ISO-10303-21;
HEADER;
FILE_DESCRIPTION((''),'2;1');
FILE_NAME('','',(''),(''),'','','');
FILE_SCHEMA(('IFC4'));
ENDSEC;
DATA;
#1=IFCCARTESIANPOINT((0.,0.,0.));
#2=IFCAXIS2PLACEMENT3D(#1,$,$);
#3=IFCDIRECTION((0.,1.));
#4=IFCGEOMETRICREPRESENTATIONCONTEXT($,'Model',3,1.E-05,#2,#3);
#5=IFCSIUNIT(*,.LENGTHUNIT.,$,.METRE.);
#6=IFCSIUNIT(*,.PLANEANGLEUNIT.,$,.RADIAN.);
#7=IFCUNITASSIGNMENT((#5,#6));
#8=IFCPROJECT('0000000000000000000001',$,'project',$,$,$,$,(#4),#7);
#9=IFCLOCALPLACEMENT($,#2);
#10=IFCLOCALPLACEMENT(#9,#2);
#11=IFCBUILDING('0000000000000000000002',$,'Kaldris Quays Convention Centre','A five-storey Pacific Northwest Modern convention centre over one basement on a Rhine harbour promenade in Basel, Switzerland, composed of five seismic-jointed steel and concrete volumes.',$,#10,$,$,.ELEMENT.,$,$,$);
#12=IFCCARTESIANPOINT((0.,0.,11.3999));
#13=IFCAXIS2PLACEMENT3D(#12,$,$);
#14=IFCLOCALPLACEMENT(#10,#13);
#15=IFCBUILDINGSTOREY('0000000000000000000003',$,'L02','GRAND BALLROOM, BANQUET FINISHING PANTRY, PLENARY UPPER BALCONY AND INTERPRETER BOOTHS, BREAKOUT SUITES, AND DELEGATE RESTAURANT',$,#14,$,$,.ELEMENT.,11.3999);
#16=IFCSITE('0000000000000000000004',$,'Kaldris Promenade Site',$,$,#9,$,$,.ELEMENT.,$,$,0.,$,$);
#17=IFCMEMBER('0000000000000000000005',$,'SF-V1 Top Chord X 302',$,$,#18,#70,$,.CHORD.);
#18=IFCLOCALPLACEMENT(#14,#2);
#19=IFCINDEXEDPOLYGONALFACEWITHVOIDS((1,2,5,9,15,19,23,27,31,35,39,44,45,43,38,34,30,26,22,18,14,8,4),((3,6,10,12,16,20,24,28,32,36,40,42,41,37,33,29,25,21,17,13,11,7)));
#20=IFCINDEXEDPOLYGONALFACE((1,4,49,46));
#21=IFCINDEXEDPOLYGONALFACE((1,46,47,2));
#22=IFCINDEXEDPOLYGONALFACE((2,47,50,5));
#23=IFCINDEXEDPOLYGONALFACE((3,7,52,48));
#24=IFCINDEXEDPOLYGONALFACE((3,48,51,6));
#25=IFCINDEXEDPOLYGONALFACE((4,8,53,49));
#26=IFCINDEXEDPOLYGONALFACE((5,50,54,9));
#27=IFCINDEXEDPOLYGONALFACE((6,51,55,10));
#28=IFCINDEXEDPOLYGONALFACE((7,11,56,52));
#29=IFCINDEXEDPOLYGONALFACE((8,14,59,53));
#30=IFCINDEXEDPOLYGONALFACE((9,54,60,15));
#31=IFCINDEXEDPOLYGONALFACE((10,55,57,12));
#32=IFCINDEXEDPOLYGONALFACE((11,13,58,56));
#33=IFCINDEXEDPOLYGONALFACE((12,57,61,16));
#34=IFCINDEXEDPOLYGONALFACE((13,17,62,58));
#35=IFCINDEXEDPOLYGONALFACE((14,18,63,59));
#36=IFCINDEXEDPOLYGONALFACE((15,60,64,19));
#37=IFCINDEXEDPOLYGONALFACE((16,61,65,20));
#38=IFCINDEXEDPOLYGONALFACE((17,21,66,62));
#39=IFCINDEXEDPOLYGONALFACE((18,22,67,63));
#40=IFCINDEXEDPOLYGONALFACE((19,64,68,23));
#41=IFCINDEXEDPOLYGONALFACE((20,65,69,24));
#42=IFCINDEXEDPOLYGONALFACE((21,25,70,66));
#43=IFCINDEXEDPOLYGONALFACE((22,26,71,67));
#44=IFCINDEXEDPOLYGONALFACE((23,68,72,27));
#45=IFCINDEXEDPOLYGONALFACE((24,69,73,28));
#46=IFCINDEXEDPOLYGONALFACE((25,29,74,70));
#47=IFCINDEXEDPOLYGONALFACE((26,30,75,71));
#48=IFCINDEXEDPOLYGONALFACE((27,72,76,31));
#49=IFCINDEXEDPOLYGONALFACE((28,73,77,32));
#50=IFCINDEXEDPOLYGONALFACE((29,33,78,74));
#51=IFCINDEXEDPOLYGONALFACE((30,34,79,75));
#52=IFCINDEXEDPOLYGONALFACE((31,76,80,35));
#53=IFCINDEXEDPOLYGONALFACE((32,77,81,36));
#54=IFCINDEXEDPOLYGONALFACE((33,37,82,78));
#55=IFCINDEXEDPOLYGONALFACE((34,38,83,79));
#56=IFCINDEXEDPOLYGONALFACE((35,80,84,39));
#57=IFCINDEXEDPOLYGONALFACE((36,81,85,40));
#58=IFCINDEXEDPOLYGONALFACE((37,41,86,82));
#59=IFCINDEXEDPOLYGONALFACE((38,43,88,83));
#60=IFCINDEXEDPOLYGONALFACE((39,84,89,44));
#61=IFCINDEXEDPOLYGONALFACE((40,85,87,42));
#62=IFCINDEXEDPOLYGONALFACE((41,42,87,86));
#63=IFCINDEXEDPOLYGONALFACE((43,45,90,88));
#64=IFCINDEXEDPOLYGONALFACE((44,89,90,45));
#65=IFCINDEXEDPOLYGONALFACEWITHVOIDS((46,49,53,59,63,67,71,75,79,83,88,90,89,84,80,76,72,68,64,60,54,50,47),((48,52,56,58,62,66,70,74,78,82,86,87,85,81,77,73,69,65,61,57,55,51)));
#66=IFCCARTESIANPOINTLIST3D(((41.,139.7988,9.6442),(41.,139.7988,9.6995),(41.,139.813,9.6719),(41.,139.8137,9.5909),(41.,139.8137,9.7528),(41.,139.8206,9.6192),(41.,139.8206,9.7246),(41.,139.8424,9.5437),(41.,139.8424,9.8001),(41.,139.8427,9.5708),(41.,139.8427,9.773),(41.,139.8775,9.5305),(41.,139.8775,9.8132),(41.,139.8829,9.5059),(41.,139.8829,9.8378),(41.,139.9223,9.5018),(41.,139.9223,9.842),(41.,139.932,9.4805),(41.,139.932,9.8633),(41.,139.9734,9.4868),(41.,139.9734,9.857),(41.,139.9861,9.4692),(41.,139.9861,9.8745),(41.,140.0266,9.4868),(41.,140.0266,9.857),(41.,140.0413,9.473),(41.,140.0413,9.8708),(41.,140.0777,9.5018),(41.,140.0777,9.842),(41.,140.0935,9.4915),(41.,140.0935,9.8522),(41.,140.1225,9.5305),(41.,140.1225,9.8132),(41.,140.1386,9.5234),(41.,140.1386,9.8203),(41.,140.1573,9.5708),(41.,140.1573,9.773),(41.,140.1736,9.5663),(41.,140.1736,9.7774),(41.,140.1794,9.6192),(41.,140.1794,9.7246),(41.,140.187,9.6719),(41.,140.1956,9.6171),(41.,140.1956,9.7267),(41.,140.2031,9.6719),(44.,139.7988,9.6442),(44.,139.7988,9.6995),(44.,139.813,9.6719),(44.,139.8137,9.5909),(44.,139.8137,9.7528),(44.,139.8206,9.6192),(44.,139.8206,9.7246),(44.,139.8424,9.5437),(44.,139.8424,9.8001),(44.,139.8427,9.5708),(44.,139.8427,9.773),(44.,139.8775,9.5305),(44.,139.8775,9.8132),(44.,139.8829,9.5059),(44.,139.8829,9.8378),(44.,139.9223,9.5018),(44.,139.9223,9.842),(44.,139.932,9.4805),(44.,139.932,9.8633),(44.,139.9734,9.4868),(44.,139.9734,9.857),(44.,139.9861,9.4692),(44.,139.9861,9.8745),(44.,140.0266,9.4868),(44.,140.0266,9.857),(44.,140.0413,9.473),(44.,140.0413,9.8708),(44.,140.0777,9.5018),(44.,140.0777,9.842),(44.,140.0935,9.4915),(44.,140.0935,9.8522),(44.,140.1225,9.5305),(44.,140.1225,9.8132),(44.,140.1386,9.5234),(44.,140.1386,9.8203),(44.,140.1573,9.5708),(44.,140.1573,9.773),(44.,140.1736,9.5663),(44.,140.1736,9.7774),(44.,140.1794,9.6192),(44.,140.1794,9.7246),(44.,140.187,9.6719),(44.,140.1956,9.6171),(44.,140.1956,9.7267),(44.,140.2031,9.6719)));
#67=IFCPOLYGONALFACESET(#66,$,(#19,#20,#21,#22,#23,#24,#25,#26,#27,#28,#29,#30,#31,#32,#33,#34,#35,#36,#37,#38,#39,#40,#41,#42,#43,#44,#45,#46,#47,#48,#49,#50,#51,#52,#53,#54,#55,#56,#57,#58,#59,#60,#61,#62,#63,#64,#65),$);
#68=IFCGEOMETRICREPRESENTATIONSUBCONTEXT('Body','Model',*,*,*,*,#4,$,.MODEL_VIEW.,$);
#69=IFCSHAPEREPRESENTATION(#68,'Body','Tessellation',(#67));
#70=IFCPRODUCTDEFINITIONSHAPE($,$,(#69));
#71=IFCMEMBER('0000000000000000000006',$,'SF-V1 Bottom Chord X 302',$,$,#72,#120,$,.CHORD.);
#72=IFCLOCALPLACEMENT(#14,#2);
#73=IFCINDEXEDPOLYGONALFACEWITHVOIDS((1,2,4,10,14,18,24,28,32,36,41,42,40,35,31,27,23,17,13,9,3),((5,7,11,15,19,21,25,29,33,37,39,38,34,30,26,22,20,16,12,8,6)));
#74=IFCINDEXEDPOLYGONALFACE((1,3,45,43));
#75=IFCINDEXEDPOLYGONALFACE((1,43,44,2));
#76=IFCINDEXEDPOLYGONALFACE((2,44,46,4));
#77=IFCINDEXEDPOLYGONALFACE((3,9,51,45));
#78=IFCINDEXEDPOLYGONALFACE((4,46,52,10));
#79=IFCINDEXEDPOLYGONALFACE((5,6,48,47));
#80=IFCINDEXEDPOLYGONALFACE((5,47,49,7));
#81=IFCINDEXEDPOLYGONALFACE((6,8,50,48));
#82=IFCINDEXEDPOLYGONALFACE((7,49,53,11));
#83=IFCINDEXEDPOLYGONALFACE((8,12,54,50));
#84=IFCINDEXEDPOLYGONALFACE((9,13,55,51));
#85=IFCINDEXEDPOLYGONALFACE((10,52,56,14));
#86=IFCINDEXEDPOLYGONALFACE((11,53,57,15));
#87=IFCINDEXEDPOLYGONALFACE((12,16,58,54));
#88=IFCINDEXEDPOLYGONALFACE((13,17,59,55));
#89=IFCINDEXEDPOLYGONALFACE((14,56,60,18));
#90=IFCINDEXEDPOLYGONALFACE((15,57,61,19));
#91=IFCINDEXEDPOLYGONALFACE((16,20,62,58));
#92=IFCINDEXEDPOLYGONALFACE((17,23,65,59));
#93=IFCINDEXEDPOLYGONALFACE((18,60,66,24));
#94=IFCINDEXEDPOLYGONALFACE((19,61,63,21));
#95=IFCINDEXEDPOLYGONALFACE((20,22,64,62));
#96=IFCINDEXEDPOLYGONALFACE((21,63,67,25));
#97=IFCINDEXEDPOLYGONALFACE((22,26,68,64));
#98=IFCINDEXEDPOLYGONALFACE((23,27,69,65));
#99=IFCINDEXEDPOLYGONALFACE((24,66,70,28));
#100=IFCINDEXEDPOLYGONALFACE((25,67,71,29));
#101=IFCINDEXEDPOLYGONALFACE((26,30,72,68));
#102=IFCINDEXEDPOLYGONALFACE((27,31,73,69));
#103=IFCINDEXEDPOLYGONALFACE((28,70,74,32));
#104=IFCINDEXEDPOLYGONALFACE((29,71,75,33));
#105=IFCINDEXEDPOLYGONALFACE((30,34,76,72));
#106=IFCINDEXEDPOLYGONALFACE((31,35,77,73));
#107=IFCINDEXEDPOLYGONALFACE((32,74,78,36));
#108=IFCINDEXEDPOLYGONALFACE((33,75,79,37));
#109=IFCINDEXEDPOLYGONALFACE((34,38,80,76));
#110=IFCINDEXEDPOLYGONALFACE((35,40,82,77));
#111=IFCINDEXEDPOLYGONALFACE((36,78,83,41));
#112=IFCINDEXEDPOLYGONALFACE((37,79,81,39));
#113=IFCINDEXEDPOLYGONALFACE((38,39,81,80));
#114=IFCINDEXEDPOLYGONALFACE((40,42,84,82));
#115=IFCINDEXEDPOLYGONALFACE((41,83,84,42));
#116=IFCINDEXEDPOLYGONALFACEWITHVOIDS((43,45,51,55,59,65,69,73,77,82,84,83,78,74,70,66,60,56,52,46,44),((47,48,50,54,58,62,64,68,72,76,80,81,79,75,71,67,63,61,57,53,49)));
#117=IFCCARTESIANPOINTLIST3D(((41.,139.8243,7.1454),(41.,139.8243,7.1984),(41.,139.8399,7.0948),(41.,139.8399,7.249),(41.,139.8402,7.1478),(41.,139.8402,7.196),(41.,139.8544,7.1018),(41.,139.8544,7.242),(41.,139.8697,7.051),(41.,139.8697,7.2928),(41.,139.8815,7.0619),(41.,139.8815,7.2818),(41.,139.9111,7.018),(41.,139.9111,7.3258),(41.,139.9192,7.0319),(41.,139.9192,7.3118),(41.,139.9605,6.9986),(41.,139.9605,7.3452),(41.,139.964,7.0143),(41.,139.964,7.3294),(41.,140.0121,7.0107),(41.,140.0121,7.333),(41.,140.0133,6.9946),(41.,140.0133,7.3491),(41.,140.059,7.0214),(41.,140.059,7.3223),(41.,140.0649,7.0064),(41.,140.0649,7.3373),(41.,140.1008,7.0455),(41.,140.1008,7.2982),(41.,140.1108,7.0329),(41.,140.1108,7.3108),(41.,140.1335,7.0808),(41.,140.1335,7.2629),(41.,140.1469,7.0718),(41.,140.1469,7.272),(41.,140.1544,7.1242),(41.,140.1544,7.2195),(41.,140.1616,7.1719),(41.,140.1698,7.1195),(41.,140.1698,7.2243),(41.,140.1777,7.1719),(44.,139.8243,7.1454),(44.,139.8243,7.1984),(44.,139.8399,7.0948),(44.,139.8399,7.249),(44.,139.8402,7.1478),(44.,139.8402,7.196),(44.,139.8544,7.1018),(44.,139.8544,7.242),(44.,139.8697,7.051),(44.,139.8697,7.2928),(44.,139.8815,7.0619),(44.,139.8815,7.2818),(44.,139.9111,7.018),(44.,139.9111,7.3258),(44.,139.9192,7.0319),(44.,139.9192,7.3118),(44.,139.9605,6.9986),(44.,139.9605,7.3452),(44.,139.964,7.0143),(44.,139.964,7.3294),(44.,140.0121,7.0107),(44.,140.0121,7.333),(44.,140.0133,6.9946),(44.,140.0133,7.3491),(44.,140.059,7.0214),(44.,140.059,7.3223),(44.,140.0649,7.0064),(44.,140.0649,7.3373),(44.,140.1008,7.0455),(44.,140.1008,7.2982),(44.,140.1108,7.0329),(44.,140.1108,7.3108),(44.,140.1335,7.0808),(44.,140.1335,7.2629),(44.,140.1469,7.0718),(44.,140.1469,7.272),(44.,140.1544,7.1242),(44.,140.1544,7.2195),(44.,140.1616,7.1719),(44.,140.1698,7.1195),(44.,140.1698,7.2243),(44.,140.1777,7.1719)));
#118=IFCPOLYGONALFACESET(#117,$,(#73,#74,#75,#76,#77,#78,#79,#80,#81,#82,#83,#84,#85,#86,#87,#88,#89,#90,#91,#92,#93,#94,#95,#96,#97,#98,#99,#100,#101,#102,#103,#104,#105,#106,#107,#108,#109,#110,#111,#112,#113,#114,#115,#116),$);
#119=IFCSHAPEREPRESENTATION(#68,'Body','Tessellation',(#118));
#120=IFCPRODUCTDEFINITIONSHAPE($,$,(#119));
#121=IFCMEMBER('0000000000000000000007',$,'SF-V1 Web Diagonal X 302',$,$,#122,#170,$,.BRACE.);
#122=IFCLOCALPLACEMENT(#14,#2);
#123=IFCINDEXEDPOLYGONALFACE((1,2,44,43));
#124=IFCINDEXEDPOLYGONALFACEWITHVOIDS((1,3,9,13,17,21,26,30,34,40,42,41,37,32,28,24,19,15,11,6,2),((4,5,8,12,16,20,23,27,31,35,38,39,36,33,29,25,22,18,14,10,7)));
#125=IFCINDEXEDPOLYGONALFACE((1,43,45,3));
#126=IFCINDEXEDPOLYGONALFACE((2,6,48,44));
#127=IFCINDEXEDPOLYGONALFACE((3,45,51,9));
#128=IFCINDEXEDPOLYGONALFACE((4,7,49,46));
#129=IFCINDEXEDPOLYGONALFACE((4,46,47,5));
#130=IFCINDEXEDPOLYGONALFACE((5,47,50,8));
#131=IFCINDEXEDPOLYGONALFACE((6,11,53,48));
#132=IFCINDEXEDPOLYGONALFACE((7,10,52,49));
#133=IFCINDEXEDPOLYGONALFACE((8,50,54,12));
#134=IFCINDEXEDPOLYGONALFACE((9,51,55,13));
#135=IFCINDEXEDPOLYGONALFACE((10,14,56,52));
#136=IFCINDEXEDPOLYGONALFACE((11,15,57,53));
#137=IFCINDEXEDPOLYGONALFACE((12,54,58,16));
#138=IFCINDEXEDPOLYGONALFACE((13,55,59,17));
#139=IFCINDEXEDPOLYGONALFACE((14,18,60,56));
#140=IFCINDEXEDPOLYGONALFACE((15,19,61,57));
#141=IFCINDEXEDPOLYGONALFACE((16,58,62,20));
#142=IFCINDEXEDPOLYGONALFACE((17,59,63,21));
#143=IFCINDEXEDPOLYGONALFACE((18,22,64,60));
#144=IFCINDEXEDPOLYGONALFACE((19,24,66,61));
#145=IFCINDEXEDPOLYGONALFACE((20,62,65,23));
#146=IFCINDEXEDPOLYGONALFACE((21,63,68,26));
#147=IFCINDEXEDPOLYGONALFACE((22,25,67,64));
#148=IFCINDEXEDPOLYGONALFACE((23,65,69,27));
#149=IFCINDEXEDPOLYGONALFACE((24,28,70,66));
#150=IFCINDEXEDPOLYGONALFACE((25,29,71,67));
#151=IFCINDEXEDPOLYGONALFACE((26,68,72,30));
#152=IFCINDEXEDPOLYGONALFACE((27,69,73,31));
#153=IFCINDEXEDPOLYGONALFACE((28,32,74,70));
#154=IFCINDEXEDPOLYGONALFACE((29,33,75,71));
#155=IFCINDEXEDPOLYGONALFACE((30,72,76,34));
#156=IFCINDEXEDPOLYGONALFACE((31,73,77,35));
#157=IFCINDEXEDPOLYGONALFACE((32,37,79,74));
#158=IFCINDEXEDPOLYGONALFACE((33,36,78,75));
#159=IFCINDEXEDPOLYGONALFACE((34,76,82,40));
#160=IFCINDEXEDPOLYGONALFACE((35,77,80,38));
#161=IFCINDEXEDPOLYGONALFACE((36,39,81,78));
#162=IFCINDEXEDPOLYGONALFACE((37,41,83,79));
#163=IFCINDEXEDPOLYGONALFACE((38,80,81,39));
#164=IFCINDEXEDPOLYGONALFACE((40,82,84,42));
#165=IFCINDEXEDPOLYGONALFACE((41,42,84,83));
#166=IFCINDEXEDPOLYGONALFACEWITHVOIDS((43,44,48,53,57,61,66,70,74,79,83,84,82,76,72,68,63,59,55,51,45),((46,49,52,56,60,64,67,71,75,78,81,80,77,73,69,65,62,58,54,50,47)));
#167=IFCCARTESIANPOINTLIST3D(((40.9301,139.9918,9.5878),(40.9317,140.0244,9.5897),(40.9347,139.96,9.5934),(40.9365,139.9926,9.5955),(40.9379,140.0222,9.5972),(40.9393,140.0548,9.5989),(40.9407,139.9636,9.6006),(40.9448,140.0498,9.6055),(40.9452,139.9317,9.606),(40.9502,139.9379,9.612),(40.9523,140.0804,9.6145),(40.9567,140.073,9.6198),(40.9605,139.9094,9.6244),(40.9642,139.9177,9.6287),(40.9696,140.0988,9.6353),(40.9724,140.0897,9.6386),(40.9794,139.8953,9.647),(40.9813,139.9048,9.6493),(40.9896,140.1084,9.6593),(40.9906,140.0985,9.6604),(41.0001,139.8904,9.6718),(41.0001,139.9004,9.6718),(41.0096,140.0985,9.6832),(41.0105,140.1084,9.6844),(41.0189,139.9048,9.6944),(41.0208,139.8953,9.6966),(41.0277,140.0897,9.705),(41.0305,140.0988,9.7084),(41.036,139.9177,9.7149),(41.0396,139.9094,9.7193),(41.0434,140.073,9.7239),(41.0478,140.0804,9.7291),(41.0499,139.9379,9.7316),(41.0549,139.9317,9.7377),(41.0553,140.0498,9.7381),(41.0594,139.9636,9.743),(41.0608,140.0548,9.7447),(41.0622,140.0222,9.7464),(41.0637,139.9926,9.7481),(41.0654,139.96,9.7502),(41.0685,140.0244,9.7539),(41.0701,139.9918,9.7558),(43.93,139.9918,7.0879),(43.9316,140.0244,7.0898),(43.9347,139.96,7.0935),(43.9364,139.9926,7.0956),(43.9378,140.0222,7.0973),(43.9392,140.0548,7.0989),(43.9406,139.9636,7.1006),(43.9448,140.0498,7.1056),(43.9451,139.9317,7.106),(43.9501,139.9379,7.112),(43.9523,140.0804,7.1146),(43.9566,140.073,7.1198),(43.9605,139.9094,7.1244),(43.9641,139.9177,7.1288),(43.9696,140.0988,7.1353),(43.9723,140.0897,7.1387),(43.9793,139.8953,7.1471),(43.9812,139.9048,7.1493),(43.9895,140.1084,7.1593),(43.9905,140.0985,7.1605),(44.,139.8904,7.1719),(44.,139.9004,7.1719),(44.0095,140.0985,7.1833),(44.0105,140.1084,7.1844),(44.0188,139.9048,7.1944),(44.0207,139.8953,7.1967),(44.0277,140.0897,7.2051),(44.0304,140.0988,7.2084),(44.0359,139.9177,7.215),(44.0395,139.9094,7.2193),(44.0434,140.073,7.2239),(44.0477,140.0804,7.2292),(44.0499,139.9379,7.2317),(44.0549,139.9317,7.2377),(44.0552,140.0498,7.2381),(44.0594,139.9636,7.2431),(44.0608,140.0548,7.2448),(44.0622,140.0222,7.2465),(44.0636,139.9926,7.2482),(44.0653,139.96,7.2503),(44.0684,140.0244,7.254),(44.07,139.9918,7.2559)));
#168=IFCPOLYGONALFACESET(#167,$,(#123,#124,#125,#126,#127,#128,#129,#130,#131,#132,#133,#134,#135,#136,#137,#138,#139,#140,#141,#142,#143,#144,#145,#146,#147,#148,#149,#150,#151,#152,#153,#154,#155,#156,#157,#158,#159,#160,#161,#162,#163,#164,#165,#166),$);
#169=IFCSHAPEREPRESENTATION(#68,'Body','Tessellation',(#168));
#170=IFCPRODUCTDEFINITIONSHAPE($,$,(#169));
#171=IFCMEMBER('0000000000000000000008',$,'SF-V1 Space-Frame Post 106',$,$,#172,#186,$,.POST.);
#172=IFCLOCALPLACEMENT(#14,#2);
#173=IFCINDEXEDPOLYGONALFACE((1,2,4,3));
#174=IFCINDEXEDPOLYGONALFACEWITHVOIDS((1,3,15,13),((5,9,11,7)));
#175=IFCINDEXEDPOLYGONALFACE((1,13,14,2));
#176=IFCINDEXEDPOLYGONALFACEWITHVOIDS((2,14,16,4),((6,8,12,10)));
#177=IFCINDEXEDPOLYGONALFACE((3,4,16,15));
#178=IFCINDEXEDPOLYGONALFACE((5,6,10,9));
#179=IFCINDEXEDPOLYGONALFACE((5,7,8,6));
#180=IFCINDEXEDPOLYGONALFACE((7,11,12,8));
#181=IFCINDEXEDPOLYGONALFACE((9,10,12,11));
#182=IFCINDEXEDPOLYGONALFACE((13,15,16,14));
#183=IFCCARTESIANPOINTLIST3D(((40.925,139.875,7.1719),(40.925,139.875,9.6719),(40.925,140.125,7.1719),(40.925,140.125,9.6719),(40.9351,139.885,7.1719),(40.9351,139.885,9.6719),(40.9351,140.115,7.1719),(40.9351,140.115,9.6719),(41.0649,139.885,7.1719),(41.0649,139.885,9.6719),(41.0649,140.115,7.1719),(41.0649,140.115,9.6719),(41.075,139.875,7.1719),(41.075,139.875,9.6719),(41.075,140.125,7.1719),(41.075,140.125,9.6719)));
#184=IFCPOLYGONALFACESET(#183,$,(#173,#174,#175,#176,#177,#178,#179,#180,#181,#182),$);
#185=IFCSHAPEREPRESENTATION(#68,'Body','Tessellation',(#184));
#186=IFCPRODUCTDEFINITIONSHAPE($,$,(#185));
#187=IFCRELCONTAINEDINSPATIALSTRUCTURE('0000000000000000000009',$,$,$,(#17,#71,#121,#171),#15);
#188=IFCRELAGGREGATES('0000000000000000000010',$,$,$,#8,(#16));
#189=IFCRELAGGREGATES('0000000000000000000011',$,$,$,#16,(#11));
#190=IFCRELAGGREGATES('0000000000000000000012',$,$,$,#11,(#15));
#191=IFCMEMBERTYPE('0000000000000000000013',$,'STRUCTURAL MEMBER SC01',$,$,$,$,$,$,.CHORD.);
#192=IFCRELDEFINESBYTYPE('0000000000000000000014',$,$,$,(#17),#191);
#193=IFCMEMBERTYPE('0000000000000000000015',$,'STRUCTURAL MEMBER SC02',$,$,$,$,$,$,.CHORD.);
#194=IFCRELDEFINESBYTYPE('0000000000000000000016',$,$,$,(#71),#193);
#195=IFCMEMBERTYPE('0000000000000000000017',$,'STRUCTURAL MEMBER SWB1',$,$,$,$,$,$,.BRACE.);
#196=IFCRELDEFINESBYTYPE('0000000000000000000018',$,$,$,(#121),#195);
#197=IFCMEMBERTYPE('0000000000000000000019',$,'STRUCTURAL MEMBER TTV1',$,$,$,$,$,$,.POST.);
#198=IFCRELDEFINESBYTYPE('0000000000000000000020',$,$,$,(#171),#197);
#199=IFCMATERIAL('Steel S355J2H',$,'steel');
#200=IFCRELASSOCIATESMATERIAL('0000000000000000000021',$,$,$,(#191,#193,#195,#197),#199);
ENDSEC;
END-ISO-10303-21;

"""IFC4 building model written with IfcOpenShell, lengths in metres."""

from ifc_helpers import new_model, si_unit, direction, frame, origin, origin_2d, place, context, subcontext, project, spatial, hollow_rectangle, hollow_circle, extrude, material, material_profile, profile_set, type_object, element, save


model = new_model("IFC4")

# Units and contexts
model_context = context("Model", 3, precision=1e-05, world=origin(), true_north=direction((0.0, 1.0)))
body_context = subcontext(model_context, "Body", "Model", "MODEL_VIEW")
ifc_project = project(units=[si_unit("LENGTHUNIT", "METRE"), si_unit("PLANEANGLEUNIT", "RADIAN")], contexts=[model_context])

# Site, building, storey
site_placement = place(None, origin())
site = spatial("IfcSite", under=ifc_project, at=site_placement, Name="Kaldris Promenade Site", CompositionType="ELEMENT", RefElevation=0.0)
building_placement = place(site_placement, origin())
building = spatial("IfcBuilding", under=site, at=building_placement, Name="Kaldris Quays Convention Centre", Description="A five-storey Pacific Northwest Modern convention centre over one basement on a Rhine harbour promenade in Basel, Switzerland, composed of five seismic-jointed steel and concrete volumes.", CompositionType="ELEMENT")
storey_placement = place(building_placement, frame((0.0, 0.0, 11.3999)))
storey = spatial("IfcBuildingStorey", under=building, at=storey_placement, Name="L02", Description="GRAND BALLROOM, BANQUET FINISHING PANTRY, PLENARY UPPER BALCONY AND INTERPRETER BOOTHS, BREAKOUT SUITES, AND DELEGATE RESTAURANT", CompositionType="ELEMENT", Elevation=11.3999)

# Members
ifc_material_1 = material(Name="Steel S355J2H", Category="steel")
ifc_material_profile_1 = material_profile(ifc_material_1, hollow_circle(Radius=0.2031, WallThickness=0.0161, at=origin_2d()), Name="CHS 406.4x16")
ifc_profile_set_1 = profile_set([ifc_material_profile_1], Name="Steel S355J2H")
member_type_1 = type_object("IfcMemberType", Name="STRUCTURAL MEMBER SC01", PredefinedType="CHORD", material=ifc_profile_set_1)
member_1_placement = place(storey_placement, frame((41.0, 140.0, 9.6719), z_axis=(1.0, 0.0, 0.0), x_axis=(0.0, 1.0, 0.0)))
element("IfcMember", 1, at=member_1_placement, inside=storey, type_object=member_type_1, Name="SF-V1 Top Chord X 302", PredefinedType="CHORD", context=body_context, shape_type="SweptSolid", body=[
    extrude(hollow_circle(Radius=0.2031, WallThickness=0.0161, at=origin_2d()), origin(), (0.0, 0.0, 1.0), 3.0),
])
ifc_material_profile_2 = material_profile(ifc_material_1, hollow_circle(Radius=0.1777, WallThickness=0.0161, at=origin_2d()), Name="CHS 355.6x16")
ifc_profile_set_2 = profile_set([ifc_material_profile_2], Name="Steel S355J2H")
member_type_2 = type_object("IfcMemberType", Name="STRUCTURAL MEMBER SC02", PredefinedType="CHORD", material=ifc_profile_set_2)
member_2_placement = place(storey_placement, frame((41.0, 140.0, 7.1719), z_axis=(1.0, 0.0, 0.0), x_axis=(0.0, 1.0, 0.0)))
element("IfcMember", 2, at=member_2_placement, inside=storey, type_object=member_type_2, Name="SF-V1 Bottom Chord X 302", PredefinedType="CHORD", context=body_context, shape_type="SweptSolid", body=[
    extrude(hollow_circle(Radius=0.1777, WallThickness=0.0161, at=origin_2d()), origin(), (0.0, 0.0, 1.0), 3.0),
])
ifc_material_profile_3 = material_profile(ifc_material_1, hollow_circle(Radius=0.1096, WallThickness=0.01, at=origin_2d()), Name="CHS 219.1x10")
ifc_profile_set_3 = profile_set([ifc_material_profile_3], Name="Steel S355J2H")
member_type_3 = type_object("IfcMemberType", Name="STRUCTURAL MEMBER SWB1", PredefinedType="BRACE", material=ifc_profile_set_3)
member_3_placement = place(storey_placement, frame((44.0, 140.0, 7.1719), z_axis=(-0.768221, 0.0, 0.640184), x_axis=(0.0, -1.0, 0.0)))
element("IfcMember", 3, at=member_3_placement, inside=storey, type_object=member_type_3, Name="SF-V1 Web Diagonal X 302", PredefinedType="BRACE", context=body_context, shape_type="SweptSolid", body=[
    extrude(hollow_circle(Radius=0.1096, WallThickness=0.01, at=origin_2d()), origin(), (0.0, 0.0, 1.0), 3.905),
])
ifc_material_profile_4 = material_profile(ifc_material_1, hollow_rectangle(XDim=0.1499, YDim=0.25, WallThickness=0.01, at=origin_2d()), Name="RHS 250x150x10")
ifc_profile_set_4 = profile_set([ifc_material_profile_4], Name="Steel S355J2H")
member_type_4 = type_object("IfcMemberType", Name="STRUCTURAL MEMBER TTV1", PredefinedType="POST", material=ifc_profile_set_4)
for number, where, z_axis, x_axis, name in (
    (4, (41.0, 140.0, 7.1719), (0.0, 0.0, 1.0), (1.0, 0.0, 0.0), "SF-V1 Space-Frame Post 106"),
):
    element("IfcMember", number, at=place(storey_placement, frame(where, z_axis=z_axis, x_axis=x_axis)), inside=storey, type_object=member_type_4, Name=name, PredefinedType="POST", context=body_context, shape_type="SweptSolid", body=[
        extrude(hollow_rectangle(XDim=0.1499, YDim=0.25, WallThickness=0.01, at=origin_2d()), origin(), (0.0, 0.0, 1.0), 2.5),
    ])

save(model, "model.ifc")
